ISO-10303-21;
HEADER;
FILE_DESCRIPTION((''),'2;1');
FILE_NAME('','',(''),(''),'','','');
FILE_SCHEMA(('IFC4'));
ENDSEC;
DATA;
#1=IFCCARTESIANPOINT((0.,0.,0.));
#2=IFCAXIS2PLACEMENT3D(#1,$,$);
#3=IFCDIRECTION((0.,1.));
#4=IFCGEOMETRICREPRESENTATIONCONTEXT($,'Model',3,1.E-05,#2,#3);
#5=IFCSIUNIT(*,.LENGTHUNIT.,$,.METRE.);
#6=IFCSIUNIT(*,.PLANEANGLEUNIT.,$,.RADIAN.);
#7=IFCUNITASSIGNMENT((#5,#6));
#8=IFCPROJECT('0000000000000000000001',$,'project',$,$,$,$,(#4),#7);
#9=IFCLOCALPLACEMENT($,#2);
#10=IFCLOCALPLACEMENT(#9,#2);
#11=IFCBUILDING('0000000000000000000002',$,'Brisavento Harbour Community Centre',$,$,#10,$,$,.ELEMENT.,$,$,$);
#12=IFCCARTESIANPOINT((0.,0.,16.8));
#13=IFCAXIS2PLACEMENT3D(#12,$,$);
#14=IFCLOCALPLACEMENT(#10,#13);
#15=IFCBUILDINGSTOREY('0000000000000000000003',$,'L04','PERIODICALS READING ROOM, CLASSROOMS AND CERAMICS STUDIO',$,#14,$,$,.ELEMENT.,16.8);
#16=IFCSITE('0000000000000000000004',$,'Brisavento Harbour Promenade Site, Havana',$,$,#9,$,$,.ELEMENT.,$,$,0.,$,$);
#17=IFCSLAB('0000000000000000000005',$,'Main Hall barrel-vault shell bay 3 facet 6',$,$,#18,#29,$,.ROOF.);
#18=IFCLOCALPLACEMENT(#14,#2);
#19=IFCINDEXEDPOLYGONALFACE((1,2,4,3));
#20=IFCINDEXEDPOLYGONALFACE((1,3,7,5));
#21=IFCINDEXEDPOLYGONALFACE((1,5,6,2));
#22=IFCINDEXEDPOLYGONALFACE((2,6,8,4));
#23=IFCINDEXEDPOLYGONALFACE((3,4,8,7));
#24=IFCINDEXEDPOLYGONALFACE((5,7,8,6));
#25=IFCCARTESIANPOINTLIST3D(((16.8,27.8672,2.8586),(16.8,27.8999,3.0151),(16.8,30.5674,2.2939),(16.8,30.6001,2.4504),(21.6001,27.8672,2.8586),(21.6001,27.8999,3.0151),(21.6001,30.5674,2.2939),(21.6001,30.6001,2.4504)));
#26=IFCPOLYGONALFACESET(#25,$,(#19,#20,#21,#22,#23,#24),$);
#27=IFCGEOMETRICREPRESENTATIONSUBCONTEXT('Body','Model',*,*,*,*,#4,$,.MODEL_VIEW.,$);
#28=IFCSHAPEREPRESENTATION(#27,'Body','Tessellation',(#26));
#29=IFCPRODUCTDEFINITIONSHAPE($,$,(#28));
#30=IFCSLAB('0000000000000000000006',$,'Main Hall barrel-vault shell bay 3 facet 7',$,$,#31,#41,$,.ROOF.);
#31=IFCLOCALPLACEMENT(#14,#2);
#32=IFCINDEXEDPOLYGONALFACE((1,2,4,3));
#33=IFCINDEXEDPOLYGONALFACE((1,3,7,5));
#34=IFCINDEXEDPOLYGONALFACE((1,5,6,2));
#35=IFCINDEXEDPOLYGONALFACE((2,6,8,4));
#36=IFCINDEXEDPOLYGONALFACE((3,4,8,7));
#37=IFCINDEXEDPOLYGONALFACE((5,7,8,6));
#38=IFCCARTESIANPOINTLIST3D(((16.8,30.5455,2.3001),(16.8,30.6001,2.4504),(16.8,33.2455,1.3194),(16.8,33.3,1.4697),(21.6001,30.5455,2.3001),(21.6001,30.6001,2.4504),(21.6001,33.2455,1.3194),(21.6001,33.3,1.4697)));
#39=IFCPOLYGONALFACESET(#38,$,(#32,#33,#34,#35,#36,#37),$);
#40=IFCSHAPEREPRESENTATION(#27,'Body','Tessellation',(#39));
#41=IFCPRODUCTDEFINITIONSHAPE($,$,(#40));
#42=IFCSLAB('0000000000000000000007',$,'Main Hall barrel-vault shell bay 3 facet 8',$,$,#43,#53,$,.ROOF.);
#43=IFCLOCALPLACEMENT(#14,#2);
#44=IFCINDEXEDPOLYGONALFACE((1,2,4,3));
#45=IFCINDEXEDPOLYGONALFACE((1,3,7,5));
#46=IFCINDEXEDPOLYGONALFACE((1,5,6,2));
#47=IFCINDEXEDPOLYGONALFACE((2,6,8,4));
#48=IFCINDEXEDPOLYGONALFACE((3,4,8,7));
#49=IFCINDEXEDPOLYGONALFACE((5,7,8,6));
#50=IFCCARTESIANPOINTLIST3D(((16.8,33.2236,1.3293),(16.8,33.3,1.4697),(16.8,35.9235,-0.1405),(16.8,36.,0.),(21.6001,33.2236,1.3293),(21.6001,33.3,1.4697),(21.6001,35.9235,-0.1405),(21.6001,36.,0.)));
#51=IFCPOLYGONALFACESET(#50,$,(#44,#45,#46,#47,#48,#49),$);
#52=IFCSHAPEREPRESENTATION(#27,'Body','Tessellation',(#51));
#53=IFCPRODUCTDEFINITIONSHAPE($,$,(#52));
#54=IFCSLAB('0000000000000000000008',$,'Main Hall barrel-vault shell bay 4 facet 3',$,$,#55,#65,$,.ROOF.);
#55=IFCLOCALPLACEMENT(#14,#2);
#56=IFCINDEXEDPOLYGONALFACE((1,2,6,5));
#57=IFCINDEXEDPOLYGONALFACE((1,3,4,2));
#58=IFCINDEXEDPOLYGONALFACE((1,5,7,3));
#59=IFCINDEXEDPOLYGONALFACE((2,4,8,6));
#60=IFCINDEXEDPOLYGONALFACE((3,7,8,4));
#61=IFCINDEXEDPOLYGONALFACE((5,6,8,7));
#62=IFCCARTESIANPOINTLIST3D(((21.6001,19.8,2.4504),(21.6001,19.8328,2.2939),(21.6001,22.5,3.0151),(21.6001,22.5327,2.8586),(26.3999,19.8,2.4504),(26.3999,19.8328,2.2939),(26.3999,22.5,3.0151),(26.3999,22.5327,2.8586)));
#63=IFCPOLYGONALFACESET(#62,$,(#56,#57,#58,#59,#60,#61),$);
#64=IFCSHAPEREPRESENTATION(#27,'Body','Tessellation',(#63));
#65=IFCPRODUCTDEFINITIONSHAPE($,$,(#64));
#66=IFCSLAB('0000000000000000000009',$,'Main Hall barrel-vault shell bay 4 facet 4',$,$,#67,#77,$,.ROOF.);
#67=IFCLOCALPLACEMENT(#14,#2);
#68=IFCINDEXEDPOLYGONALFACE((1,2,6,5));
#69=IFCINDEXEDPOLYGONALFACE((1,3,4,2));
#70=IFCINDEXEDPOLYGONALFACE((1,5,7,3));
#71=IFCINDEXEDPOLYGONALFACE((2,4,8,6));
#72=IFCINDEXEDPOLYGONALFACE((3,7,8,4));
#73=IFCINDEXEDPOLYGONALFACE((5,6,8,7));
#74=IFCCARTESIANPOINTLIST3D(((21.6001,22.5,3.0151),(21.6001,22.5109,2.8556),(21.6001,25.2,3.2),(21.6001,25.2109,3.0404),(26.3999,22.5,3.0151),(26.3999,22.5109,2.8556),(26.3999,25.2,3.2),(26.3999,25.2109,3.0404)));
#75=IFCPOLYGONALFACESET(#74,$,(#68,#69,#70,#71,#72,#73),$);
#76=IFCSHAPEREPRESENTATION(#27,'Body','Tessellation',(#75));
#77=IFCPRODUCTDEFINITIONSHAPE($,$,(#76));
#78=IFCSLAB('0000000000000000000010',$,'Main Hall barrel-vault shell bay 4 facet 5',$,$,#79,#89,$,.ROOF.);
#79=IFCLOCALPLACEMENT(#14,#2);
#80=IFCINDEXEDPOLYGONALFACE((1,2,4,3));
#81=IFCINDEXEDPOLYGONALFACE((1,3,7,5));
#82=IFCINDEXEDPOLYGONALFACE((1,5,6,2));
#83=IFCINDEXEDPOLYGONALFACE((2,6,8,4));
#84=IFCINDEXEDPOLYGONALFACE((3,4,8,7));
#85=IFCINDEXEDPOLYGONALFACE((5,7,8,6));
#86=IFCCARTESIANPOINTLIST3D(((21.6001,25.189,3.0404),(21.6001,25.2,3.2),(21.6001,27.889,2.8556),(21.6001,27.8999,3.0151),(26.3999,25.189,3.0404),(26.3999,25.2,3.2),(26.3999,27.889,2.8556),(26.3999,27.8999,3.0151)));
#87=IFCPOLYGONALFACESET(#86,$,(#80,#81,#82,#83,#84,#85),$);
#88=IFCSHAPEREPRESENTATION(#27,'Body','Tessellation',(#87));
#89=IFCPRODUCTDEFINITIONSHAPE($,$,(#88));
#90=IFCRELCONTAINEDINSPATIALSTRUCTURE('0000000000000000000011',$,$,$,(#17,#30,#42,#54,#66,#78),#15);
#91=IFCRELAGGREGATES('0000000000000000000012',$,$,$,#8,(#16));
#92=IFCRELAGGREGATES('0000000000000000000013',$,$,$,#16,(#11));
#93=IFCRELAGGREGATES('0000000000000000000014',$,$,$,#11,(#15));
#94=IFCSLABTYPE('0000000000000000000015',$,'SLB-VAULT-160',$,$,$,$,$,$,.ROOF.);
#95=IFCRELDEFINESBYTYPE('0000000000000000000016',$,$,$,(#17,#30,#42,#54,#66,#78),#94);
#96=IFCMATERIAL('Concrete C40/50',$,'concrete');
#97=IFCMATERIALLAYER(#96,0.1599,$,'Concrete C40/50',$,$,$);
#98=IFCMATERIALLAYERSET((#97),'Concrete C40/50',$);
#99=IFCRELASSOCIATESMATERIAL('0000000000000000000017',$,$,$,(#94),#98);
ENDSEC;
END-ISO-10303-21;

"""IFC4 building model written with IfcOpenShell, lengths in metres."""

from ifc_helpers import new_model, si_unit, direction, frame, origin, place, context, subcontext, project, spatial, polyline, outline, extrude, material, layer, layer_set, type_object, element, save


model = new_model("IFC4")

# Units and contexts
model_context = context("Model", 3, precision=1e-05, world=origin(), true_north=direction((0.0, 1.0)))
body_context = subcontext(model_context, "Body", "Model", "MODEL_VIEW")
ifc_project = project(units=[si_unit("LENGTHUNIT", "METRE"), si_unit("PLANEANGLEUNIT", "RADIAN")], contexts=[model_context])

# Site, building, storey
site_placement = place(None, origin())
site = spatial("IfcSite", under=ifc_project, at=site_placement, Name="Brisavento Harbour Promenade Site, Havana", CompositionType="ELEMENT", RefElevation=0.0)
building_placement = place(site_placement, origin())
building = spatial("IfcBuilding", under=site, at=building_placement, Name="Brisavento Harbour Community Centre", CompositionType="ELEMENT")
storey_placement = place(building_placement, frame((0.0, 0.0, 16.8)))
storey = spatial("IfcBuildingStorey", under=building, at=storey_placement, Name="L04", Description="PERIODICALS READING ROOM, CLASSROOMS AND CERAMICS STUDIO", CompositionType="ELEMENT", Elevation=16.8)

# Shared definitions
ifc_material = material(Name="Concrete C40/50", Category="concrete")

# Slabs
ifc_layer = layer(ifc_material, 0.1599, Name="Concrete C40/50")
ifc_layer_set = layer_set([ifc_layer], Name="Concrete C40/50")
slab_type = type_object("IfcSlabType", Name="SLB-VAULT-160", PredefinedType="ROOF", material=ifc_layer_set)
slab_1_placement = place(storey_placement, frame((16.8, 27.8999, 3.0151), z_axis=(0.0, 0.204703, 0.978824), x_axis=(1.0, 0.0, 0.0)))
element("IfcSlab", 1, at=slab_1_placement, inside=storey, type_object=slab_type, Name="Main Hall barrel-vault shell bay 3 facet 6", PredefinedType="ROOF", context=body_context, shape_type="SweptSolid", body=[
    extrude(outline(polyline([(0.0, 0.0), (4.8, 0.0), (4.8, 2.7586), (0.0, 2.7586), (0.0, 0.0)])), origin(), (0.0, 0.0, -1.0), 0.1599),
])
slab_2_placement = place(storey_placement, frame((16.8, 30.6001, 2.4504), z_axis=(0.0, 0.341409, 0.939915), x_axis=(1.0, 0.0, 0.0)))
element("IfcSlab", 2, at=slab_2_placement, inside=storey, type_object=slab_type, Name="Main Hall barrel-vault shell bay 3 facet 7", PredefinedType="ROOF", context=body_context, shape_type="SweptSolid", body=[
    extrude(outline(polyline([(0.0, 0.0), (4.8, 0.0), (4.8, 2.8725), (0.0, 2.8725), (0.0, 0.0)])), origin(), (0.0, 0.0, -1.0), 0.1599),
])
slab_3_placement = place(storey_placement, frame((16.8, 33.3, 1.4697), z_axis=(0.0, 0.478106, 0.878302), x_axis=(1.0, 0.0, 0.0)))
element("IfcSlab", 3, at=slab_3_placement, inside=storey, type_object=slab_type, Name="Main Hall barrel-vault shell bay 3 facet 8", PredefinedType="ROOF", context=body_context, shape_type="SweptSolid", body=[
    extrude(outline(polyline([(0.0, 0.0), (4.8, 0.0), (4.8, 3.0741), (0.0, 3.0741), (0.0, 0.0)])), origin(), (0.0, 0.0, -1.0), 0.1599),
])
slab_4_placement = place(storey_placement, frame((21.6001, 19.8, 2.4504), z_axis=(0.0, -0.204721, 0.97882), x_axis=(1.0, 0.0, 0.0)))
element("IfcSlab", 4, at=slab_4_placement, inside=storey, type_object=slab_type, Name="Main Hall barrel-vault shell bay 4 facet 3", PredefinedType="ROOF", context=body_context, shape_type="SweptSolid", body=[
    extrude(outline(polyline([(0.0, 0.0), (4.7998, 0.0), (4.7998, 2.7584), (0.0, 2.7584), (0.0, 0.0)])), origin(), (0.0, 0.0, -1.0), 0.1599),
])
for number, where, z_axis, x_axis, name in (
    (5, (21.6001, 22.5, 3.0151), (0.0, -0.068291, 0.997665), (1.0, 0.0, 0.0), "Main Hall barrel-vault shell bay 4 facet 4"),
    (6, (21.6001, 25.2, 3.2), (0.0, 0.068291, 0.997665), (1.0, 0.0, 0.0), "Main Hall barrel-vault shell bay 4 facet 5"),
):
    element("IfcSlab", number, at=place(storey_placement, frame(where, z_axis=z_axis, x_axis=x_axis)), inside=storey, type_object=slab_type, Name=name, PredefinedType="ROOF", context=body_context, shape_type="SweptSolid", body=[
        extrude(outline(polyline([(0.0, 0.0), (4.7998, 0.0), (4.7998, 2.7063), (0.0, 2.7063), (0.0, 0.0)])), origin(), (0.0, 0.0, -1.0), 0.1599),
    ])

save(model, "model.ifc")
